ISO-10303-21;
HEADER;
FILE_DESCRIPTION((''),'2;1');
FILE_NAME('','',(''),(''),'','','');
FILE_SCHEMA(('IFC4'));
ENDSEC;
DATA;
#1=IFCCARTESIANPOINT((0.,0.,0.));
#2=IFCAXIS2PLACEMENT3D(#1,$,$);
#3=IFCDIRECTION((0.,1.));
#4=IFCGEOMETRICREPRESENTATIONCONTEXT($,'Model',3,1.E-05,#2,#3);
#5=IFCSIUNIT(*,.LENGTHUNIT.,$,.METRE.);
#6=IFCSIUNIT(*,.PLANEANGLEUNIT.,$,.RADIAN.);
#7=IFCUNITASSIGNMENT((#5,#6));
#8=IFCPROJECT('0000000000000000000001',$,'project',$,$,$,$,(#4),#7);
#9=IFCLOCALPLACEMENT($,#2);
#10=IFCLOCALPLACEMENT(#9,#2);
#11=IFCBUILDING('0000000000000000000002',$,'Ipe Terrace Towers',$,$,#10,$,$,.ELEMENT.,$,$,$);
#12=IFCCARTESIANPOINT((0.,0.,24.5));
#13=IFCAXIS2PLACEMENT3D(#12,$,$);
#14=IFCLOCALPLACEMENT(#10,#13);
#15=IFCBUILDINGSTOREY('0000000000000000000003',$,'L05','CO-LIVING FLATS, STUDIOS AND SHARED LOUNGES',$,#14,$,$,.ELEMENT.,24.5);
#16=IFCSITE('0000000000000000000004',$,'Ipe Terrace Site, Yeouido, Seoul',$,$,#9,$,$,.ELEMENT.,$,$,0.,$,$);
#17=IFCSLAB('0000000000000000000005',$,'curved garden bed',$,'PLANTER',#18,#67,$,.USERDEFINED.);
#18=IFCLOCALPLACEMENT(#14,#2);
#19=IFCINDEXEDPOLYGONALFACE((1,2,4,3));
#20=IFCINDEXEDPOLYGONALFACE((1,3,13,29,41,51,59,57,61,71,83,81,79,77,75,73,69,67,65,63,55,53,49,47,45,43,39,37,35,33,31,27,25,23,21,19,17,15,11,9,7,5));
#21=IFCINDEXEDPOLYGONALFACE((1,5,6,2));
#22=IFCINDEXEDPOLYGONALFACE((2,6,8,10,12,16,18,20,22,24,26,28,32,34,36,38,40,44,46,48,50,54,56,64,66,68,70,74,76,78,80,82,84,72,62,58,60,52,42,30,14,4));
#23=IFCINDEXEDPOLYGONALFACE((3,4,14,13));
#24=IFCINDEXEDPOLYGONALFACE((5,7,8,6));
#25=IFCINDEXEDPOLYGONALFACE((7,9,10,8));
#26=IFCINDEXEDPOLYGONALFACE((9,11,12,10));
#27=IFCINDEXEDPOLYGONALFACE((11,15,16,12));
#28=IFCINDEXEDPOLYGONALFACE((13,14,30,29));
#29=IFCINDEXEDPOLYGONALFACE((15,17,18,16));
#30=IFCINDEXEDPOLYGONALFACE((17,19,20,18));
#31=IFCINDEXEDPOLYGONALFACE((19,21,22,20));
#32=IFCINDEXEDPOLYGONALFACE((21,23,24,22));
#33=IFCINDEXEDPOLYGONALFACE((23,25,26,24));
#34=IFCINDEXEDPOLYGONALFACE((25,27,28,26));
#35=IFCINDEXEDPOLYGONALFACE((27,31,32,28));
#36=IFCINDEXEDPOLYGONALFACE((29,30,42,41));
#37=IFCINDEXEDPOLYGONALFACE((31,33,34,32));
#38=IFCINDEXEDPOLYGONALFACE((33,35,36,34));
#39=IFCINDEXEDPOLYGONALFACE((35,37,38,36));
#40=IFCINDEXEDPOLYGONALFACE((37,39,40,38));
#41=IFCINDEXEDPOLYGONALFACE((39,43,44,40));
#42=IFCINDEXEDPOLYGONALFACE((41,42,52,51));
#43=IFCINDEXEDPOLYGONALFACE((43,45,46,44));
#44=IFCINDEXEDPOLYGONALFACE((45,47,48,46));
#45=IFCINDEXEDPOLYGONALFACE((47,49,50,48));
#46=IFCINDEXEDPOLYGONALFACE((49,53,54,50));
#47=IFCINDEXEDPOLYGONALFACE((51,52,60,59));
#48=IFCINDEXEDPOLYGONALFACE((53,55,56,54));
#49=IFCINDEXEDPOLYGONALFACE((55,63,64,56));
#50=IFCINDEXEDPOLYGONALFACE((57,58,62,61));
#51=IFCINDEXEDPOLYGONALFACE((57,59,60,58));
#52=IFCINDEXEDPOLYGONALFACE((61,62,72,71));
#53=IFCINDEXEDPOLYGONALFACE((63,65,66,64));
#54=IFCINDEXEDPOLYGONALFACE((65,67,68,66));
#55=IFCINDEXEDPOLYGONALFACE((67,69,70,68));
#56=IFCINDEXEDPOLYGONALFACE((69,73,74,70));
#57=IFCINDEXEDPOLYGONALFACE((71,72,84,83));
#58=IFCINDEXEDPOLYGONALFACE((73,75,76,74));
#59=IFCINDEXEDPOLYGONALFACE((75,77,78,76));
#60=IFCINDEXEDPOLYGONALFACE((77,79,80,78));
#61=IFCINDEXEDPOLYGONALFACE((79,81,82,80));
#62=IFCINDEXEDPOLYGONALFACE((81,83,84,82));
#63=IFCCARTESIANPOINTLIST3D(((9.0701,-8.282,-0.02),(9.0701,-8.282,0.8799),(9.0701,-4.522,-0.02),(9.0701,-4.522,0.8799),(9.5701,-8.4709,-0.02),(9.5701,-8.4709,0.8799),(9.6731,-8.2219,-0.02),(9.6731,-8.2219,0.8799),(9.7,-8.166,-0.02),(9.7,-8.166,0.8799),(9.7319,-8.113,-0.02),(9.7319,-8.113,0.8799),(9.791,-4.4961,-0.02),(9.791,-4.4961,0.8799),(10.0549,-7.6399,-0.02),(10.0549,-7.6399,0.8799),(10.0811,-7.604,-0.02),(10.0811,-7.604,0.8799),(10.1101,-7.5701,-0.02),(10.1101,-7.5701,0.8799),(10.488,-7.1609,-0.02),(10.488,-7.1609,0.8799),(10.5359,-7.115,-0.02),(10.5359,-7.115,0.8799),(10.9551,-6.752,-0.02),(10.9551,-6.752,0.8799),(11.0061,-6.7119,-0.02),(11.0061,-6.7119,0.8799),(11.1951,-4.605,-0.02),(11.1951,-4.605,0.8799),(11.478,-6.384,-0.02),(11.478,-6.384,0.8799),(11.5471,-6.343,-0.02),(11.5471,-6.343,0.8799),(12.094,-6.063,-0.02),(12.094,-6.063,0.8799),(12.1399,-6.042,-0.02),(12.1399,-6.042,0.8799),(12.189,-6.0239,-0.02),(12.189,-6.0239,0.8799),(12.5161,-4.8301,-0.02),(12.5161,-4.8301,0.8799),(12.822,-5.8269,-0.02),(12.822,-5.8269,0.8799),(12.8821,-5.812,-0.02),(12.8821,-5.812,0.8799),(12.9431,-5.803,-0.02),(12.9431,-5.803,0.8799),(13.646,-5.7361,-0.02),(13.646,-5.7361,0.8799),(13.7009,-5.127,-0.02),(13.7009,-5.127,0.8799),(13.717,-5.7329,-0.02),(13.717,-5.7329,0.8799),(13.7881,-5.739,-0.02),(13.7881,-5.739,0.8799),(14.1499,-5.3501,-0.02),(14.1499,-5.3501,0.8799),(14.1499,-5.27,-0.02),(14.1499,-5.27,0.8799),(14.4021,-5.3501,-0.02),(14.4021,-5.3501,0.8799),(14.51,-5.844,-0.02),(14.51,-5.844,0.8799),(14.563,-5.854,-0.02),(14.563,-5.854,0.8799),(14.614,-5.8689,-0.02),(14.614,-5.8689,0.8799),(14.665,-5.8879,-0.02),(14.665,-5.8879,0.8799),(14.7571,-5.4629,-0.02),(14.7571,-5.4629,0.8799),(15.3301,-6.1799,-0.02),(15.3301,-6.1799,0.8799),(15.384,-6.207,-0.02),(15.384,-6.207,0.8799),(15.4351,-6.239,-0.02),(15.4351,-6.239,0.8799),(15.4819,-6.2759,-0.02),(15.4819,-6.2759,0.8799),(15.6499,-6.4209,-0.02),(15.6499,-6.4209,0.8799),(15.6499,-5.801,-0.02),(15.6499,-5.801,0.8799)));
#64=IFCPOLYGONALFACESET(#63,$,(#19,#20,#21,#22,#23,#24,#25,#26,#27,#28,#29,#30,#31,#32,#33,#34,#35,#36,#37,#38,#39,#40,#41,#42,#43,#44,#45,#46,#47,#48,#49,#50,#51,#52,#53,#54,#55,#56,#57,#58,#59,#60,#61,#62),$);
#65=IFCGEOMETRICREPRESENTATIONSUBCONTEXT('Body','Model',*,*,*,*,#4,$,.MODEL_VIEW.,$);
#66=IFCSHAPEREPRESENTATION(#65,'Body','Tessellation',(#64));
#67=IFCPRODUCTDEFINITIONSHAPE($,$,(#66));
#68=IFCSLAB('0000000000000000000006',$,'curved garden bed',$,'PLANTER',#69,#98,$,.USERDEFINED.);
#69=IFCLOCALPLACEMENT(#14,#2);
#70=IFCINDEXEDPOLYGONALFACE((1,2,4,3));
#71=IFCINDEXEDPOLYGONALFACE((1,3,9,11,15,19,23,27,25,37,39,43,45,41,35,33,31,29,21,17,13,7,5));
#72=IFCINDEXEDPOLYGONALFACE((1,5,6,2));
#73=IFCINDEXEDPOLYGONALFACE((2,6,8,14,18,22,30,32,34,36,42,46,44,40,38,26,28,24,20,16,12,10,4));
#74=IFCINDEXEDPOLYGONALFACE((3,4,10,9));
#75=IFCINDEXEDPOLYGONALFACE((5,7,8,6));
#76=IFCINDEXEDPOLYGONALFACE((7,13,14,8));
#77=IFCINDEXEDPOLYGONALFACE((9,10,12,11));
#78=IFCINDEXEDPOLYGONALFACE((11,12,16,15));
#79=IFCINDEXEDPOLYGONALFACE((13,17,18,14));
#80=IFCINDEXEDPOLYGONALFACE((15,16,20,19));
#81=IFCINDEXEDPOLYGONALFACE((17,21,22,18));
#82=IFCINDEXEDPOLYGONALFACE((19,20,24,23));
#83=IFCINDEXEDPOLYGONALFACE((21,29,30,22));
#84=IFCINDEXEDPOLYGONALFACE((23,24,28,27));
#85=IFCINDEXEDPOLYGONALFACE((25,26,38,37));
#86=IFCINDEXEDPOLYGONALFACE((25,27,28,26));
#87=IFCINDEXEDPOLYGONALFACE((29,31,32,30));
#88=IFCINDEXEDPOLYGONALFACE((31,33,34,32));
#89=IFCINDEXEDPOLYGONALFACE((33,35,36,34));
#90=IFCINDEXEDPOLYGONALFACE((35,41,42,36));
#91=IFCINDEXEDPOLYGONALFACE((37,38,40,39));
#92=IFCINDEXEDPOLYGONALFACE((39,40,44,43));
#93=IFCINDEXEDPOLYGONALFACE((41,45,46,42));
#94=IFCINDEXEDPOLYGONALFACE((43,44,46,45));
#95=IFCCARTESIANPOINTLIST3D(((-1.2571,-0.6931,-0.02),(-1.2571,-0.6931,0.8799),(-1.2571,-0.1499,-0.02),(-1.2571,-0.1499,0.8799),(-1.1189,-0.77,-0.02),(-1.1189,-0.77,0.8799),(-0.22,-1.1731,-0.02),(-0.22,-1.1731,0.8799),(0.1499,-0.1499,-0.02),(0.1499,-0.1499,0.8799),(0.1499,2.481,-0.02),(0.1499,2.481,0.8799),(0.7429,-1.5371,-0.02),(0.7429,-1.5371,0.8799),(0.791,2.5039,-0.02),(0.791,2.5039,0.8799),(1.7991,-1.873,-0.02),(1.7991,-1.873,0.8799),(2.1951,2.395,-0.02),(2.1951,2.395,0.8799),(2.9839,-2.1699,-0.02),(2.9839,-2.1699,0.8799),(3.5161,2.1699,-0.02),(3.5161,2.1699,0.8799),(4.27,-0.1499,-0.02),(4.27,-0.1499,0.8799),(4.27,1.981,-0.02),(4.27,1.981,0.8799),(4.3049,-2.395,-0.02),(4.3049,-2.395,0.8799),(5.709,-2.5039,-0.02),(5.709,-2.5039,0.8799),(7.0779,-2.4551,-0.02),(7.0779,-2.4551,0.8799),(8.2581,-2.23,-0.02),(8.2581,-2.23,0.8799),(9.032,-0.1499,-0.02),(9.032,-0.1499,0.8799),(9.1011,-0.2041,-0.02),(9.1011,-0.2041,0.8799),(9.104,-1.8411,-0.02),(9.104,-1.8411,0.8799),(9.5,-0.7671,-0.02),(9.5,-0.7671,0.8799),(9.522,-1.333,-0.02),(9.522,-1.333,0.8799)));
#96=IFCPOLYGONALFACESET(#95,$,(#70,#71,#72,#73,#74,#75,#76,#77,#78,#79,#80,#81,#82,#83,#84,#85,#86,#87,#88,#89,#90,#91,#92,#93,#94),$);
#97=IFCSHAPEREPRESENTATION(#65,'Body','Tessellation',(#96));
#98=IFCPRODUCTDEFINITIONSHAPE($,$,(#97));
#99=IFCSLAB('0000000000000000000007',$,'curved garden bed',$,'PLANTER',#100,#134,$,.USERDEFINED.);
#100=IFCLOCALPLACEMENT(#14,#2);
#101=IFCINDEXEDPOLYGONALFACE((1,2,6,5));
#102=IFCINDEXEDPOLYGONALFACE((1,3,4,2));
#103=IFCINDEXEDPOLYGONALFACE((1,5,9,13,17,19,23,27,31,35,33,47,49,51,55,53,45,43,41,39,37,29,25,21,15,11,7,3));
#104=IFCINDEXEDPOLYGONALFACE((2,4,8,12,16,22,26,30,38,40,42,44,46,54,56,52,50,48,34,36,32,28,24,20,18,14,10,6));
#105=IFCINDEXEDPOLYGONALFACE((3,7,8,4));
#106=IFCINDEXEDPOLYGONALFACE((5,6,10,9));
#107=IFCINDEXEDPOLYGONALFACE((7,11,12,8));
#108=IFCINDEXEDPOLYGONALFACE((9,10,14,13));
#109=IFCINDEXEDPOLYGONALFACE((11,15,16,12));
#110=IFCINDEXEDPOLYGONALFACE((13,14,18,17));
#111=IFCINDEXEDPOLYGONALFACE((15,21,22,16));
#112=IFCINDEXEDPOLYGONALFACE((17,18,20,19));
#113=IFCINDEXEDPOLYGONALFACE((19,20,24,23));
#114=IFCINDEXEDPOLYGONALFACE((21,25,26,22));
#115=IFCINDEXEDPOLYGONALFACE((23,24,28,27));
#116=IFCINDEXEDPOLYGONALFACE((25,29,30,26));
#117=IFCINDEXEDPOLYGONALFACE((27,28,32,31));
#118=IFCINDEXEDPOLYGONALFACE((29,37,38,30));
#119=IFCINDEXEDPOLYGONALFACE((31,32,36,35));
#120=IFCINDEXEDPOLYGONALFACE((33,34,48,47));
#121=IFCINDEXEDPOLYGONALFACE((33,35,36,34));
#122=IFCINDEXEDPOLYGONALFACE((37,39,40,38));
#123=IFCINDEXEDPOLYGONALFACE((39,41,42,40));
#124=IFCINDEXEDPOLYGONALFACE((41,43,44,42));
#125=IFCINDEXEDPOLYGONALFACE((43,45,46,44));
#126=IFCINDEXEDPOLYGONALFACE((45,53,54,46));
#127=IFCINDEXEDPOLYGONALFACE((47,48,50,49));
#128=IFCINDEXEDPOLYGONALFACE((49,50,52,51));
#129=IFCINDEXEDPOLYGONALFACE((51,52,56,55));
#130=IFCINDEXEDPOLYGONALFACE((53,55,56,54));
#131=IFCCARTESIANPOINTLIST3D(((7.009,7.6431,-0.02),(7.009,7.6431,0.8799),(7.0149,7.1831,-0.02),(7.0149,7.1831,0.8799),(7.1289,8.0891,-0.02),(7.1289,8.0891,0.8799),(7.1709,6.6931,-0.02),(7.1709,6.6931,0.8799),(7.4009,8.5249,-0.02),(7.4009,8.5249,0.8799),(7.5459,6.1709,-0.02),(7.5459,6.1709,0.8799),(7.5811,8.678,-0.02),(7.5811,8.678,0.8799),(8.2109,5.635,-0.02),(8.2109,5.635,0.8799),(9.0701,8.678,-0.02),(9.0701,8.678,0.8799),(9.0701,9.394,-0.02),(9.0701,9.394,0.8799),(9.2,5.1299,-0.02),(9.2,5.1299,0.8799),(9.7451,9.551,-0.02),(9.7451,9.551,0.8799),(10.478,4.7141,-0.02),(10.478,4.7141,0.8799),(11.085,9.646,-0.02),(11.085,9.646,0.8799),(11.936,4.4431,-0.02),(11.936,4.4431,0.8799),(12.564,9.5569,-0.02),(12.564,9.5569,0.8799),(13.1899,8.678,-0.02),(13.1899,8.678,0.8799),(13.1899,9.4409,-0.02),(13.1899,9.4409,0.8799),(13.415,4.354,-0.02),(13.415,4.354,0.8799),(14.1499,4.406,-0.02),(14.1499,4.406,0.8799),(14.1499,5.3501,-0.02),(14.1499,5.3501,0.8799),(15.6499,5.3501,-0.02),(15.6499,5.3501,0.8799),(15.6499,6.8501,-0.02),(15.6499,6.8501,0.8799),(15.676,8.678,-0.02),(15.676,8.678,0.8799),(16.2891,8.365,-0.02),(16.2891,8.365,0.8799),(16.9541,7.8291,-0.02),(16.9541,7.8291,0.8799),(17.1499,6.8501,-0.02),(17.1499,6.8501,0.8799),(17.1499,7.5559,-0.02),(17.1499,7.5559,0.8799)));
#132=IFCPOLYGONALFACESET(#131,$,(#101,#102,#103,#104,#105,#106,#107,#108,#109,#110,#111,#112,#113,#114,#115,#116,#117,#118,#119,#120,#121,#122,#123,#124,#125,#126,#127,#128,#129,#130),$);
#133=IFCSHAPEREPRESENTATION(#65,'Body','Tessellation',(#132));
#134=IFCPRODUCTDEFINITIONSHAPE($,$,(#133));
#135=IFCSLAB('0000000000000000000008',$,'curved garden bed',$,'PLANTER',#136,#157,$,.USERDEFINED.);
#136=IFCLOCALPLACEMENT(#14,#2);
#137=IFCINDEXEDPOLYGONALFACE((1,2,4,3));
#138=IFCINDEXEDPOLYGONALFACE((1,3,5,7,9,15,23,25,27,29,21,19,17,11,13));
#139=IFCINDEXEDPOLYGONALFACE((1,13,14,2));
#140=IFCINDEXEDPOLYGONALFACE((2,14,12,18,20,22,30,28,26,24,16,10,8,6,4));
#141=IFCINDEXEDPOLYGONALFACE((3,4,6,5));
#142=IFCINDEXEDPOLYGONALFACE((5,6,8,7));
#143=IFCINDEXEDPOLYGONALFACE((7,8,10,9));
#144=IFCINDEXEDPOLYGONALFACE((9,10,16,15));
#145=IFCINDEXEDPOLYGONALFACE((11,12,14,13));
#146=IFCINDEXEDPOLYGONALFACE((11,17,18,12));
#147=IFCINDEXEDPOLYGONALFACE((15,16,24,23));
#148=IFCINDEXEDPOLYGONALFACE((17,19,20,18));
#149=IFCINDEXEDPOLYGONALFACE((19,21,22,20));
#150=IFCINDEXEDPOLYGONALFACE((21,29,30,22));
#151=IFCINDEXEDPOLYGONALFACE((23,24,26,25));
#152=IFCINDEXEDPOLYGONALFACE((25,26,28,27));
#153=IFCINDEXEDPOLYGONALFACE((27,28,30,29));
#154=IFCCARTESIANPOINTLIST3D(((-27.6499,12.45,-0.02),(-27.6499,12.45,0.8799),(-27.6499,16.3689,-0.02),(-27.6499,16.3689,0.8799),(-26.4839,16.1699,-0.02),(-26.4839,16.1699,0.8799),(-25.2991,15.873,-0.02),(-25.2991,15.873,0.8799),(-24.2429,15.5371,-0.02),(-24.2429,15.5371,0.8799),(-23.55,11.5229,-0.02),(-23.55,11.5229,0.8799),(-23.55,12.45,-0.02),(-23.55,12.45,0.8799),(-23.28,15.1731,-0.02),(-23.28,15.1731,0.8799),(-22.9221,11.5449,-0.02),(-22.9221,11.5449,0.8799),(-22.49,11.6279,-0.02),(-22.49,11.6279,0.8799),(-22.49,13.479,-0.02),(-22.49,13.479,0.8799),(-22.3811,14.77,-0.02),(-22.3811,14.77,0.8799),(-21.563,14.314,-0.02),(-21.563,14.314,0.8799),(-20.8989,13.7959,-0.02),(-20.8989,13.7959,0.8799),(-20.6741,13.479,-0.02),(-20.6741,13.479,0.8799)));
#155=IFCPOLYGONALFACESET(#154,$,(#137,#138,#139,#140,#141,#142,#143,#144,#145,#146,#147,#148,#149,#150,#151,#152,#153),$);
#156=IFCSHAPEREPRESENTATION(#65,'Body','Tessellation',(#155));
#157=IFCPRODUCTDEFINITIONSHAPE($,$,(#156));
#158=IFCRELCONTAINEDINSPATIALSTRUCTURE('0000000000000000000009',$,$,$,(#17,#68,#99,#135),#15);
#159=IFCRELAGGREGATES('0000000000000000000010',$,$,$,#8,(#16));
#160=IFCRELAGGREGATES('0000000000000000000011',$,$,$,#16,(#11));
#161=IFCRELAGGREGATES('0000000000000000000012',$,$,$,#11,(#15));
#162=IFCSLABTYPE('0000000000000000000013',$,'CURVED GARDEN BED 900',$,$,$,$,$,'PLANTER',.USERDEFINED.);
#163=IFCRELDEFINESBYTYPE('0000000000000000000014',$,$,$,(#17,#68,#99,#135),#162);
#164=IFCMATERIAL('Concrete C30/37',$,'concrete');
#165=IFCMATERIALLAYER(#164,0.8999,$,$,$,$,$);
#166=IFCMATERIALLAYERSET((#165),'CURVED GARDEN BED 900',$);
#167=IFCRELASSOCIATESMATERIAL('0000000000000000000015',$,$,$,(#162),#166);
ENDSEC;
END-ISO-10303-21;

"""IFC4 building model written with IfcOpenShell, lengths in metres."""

from ifc_helpers import new_model, si_unit, direction, frame, origin, place, context, subcontext, project, spatial, polyline, outline, extrude, material, layer, layer_set, type_object, element, save


model = new_model("IFC4")

# Units and contexts
model_context = context("Model", 3, precision=1e-05, world=origin(), true_north=direction((0.0, 1.0)))
body_context = subcontext(model_context, "Body", "Model", "MODEL_VIEW")
ifc_project = project(units=[si_unit("LENGTHUNIT", "METRE"), si_unit("PLANEANGLEUNIT", "RADIAN")], contexts=[model_context])

# Site, building, storey
site_placement = place(None, origin())
site = spatial("IfcSite", under=ifc_project, at=site_placement, Name="Ipe Terrace Site, Yeouido, Seoul", CompositionType="ELEMENT", RefElevation=0.0)
building_placement = place(site_placement, origin())
building = spatial("IfcBuilding", under=site, at=building_placement, Name="Ipe Terrace Towers", CompositionType="ELEMENT")
storey_placement = place(building_placement, frame((0.0, 0.0, 24.5)))
storey = spatial("IfcBuildingStorey", under=building, at=storey_placement, Name="L05", Description="CO-LIVING FLATS, STUDIOS AND SHARED LOUNGES", CompositionType="ELEMENT", Elevation=24.5)

# Slabs
ifc_material_1 = material(Name="Concrete C30/37", Category="concrete")
ifc_layer_1 = layer(ifc_material_1, 0.8999)
ifc_layer_set_1 = layer_set([ifc_layer_1], Name="CURVED GARDEN BED 900")
slab_type_1 = type_object("IfcSlabType", Name="CURVED GARDEN BED 900", ElementType="PLANTER", PredefinedType="USERDEFINED", material=ifc_layer_set_1)
slab_1_placement = place(storey_placement, frame((0.0, 0.0, -0.02)))
element("IfcSlab", 1, at=slab_1_placement, inside=storey, type_object=slab_type_1, Name="curved garden bed", ObjectType="PLANTER", PredefinedType="USERDEFINED", context=body_context, shape_type="SweptSolid", body=[
    extrude(outline(polyline([(15.6499, -6.4209), (15.4819, -6.2759), (15.4351, -6.239), (15.384, -6.207), (15.3301, -6.1799), (14.665, -5.8879), (14.614, -5.8689), (14.563, -5.854), (14.51, -5.844), (13.7881, -5.739), (13.717, -5.7329), (13.646, -5.7361), (12.9431, -5.803), (12.8821, -5.812), (12.822, -5.8269), (12.189, -6.0239), (12.1399, -6.042), (12.094, -6.063), (11.5471, -6.343), (11.478, -6.384), (11.0061, -6.7119), (10.9551, -6.752), (10.5359, -7.115), (10.488, -7.1609), (10.1101, -7.5701), (10.0811, -7.604), (10.0549, -7.6399), (9.7319, -8.113), (9.7, -8.166), (9.6731, -8.2219), (9.5701, -8.4709), (9.0701, -8.282), (9.0701, -4.522), (9.791, -4.4961), (11.1951, -4.605), (12.5161, -4.8301), (13.7009, -5.127), (14.1499, -5.27), (14.1499, -5.3501), (14.4021, -5.3501), (14.7571, -5.4629), (15.6499, -5.801), (15.6499, -6.4209)])), origin(), (0.0, 0.0, 1.0), 0.8999),
])
slab_2_placement = place(storey_placement, frame((0.0, 0.0, -0.02)))
element("IfcSlab", 2, at=slab_2_placement, inside=storey, type_object=slab_type_1, Name="curved garden bed", ObjectType="PLANTER", PredefinedType="USERDEFINED", context=body_context, shape_type="SweptSolid", body=[
    extrude(outline(polyline([(9.522, -1.333), (9.104, -1.8411), (8.2581, -2.23), (7.0779, -2.4551), (5.709, -2.5039), (4.3049, -2.395), (2.9839, -2.1699), (1.7991, -1.873), (0.7429, -1.5371), (-0.22, -1.1731), (-1.1189, -0.77), (-1.2571, -0.6931), (-1.2571, -0.1499), (0.1499, -0.1499), (0.1499, 2.481), (0.791, 2.5039), (2.1951, 2.395), (3.5161, 2.1699), (4.27, 1.981), (4.27, -0.1499), (9.032, -0.1499), (9.1011, -0.2041), (9.5, -0.7671), (9.522, -1.333)])), origin(), (0.0, 0.0, 1.0), 0.8999),
])
slab_3_placement = place(storey_placement, frame((0.0, 0.0, -0.02)))
element("IfcSlab", 3, at=slab_3_placement, inside=storey, type_object=slab_type_1, Name="curved garden bed", ObjectType="PLANTER", PredefinedType="USERDEFINED", context=body_context, shape_type="SweptSolid", body=[
    extrude(outline(polyline([(17.1499, 7.5559), (17.1499, 6.8501), (15.6499, 6.8501), (15.6499, 5.3501), (14.1499, 5.3501), (14.1499, 4.406), (13.415, 4.354), (11.936, 4.4431), (10.478, 4.7141), (9.2, 5.1299), (8.2109, 5.635), (7.5459, 6.1709), (7.1709, 6.6931), (7.0149, 7.1831), (7.009, 7.6431), (7.1289, 8.0891), (7.4009, 8.5249), (7.5811, 8.678), (9.0701, 8.678), (9.0701, 9.394), (9.7451, 9.551), (11.085, 9.646), (12.564, 9.5569), (13.1899, 9.4409), (13.1899, 8.678), (15.676, 8.678), (16.2891, 8.365), (16.9541, 7.8291), (17.1499, 7.5559)])), origin(), (0.0, 0.0, 1.0), 0.8999),
])
slab_4_placement = place(storey_placement, frame((0.0, 0.0, -0.02)))
element("IfcSlab", 4, at=slab_4_placement, inside=storey, type_object=slab_type_1, Name="curved garden bed", ObjectType="PLANTER", PredefinedType="USERDEFINED", context=body_context, shape_type="SweptSolid", body=[
    extrude(outline(polyline([(-24.2429, 15.5371), (-23.28, 15.1731), (-22.3811, 14.77), (-21.563, 14.314), (-20.8989, 13.7959), (-20.6741, 13.479), (-22.49, 13.479), (-22.49, 11.6279), (-22.9221, 11.5449), (-23.55, 11.5229), (-23.55, 12.45), (-27.6499, 12.45), (-27.6499, 16.3689), (-26.4839, 16.1699), (-25.2991, 15.873), (-24.2429, 15.5371)])), origin(), (0.0, 0.0, 1.0), 0.8999),
])

save(model, "model.ifc")
